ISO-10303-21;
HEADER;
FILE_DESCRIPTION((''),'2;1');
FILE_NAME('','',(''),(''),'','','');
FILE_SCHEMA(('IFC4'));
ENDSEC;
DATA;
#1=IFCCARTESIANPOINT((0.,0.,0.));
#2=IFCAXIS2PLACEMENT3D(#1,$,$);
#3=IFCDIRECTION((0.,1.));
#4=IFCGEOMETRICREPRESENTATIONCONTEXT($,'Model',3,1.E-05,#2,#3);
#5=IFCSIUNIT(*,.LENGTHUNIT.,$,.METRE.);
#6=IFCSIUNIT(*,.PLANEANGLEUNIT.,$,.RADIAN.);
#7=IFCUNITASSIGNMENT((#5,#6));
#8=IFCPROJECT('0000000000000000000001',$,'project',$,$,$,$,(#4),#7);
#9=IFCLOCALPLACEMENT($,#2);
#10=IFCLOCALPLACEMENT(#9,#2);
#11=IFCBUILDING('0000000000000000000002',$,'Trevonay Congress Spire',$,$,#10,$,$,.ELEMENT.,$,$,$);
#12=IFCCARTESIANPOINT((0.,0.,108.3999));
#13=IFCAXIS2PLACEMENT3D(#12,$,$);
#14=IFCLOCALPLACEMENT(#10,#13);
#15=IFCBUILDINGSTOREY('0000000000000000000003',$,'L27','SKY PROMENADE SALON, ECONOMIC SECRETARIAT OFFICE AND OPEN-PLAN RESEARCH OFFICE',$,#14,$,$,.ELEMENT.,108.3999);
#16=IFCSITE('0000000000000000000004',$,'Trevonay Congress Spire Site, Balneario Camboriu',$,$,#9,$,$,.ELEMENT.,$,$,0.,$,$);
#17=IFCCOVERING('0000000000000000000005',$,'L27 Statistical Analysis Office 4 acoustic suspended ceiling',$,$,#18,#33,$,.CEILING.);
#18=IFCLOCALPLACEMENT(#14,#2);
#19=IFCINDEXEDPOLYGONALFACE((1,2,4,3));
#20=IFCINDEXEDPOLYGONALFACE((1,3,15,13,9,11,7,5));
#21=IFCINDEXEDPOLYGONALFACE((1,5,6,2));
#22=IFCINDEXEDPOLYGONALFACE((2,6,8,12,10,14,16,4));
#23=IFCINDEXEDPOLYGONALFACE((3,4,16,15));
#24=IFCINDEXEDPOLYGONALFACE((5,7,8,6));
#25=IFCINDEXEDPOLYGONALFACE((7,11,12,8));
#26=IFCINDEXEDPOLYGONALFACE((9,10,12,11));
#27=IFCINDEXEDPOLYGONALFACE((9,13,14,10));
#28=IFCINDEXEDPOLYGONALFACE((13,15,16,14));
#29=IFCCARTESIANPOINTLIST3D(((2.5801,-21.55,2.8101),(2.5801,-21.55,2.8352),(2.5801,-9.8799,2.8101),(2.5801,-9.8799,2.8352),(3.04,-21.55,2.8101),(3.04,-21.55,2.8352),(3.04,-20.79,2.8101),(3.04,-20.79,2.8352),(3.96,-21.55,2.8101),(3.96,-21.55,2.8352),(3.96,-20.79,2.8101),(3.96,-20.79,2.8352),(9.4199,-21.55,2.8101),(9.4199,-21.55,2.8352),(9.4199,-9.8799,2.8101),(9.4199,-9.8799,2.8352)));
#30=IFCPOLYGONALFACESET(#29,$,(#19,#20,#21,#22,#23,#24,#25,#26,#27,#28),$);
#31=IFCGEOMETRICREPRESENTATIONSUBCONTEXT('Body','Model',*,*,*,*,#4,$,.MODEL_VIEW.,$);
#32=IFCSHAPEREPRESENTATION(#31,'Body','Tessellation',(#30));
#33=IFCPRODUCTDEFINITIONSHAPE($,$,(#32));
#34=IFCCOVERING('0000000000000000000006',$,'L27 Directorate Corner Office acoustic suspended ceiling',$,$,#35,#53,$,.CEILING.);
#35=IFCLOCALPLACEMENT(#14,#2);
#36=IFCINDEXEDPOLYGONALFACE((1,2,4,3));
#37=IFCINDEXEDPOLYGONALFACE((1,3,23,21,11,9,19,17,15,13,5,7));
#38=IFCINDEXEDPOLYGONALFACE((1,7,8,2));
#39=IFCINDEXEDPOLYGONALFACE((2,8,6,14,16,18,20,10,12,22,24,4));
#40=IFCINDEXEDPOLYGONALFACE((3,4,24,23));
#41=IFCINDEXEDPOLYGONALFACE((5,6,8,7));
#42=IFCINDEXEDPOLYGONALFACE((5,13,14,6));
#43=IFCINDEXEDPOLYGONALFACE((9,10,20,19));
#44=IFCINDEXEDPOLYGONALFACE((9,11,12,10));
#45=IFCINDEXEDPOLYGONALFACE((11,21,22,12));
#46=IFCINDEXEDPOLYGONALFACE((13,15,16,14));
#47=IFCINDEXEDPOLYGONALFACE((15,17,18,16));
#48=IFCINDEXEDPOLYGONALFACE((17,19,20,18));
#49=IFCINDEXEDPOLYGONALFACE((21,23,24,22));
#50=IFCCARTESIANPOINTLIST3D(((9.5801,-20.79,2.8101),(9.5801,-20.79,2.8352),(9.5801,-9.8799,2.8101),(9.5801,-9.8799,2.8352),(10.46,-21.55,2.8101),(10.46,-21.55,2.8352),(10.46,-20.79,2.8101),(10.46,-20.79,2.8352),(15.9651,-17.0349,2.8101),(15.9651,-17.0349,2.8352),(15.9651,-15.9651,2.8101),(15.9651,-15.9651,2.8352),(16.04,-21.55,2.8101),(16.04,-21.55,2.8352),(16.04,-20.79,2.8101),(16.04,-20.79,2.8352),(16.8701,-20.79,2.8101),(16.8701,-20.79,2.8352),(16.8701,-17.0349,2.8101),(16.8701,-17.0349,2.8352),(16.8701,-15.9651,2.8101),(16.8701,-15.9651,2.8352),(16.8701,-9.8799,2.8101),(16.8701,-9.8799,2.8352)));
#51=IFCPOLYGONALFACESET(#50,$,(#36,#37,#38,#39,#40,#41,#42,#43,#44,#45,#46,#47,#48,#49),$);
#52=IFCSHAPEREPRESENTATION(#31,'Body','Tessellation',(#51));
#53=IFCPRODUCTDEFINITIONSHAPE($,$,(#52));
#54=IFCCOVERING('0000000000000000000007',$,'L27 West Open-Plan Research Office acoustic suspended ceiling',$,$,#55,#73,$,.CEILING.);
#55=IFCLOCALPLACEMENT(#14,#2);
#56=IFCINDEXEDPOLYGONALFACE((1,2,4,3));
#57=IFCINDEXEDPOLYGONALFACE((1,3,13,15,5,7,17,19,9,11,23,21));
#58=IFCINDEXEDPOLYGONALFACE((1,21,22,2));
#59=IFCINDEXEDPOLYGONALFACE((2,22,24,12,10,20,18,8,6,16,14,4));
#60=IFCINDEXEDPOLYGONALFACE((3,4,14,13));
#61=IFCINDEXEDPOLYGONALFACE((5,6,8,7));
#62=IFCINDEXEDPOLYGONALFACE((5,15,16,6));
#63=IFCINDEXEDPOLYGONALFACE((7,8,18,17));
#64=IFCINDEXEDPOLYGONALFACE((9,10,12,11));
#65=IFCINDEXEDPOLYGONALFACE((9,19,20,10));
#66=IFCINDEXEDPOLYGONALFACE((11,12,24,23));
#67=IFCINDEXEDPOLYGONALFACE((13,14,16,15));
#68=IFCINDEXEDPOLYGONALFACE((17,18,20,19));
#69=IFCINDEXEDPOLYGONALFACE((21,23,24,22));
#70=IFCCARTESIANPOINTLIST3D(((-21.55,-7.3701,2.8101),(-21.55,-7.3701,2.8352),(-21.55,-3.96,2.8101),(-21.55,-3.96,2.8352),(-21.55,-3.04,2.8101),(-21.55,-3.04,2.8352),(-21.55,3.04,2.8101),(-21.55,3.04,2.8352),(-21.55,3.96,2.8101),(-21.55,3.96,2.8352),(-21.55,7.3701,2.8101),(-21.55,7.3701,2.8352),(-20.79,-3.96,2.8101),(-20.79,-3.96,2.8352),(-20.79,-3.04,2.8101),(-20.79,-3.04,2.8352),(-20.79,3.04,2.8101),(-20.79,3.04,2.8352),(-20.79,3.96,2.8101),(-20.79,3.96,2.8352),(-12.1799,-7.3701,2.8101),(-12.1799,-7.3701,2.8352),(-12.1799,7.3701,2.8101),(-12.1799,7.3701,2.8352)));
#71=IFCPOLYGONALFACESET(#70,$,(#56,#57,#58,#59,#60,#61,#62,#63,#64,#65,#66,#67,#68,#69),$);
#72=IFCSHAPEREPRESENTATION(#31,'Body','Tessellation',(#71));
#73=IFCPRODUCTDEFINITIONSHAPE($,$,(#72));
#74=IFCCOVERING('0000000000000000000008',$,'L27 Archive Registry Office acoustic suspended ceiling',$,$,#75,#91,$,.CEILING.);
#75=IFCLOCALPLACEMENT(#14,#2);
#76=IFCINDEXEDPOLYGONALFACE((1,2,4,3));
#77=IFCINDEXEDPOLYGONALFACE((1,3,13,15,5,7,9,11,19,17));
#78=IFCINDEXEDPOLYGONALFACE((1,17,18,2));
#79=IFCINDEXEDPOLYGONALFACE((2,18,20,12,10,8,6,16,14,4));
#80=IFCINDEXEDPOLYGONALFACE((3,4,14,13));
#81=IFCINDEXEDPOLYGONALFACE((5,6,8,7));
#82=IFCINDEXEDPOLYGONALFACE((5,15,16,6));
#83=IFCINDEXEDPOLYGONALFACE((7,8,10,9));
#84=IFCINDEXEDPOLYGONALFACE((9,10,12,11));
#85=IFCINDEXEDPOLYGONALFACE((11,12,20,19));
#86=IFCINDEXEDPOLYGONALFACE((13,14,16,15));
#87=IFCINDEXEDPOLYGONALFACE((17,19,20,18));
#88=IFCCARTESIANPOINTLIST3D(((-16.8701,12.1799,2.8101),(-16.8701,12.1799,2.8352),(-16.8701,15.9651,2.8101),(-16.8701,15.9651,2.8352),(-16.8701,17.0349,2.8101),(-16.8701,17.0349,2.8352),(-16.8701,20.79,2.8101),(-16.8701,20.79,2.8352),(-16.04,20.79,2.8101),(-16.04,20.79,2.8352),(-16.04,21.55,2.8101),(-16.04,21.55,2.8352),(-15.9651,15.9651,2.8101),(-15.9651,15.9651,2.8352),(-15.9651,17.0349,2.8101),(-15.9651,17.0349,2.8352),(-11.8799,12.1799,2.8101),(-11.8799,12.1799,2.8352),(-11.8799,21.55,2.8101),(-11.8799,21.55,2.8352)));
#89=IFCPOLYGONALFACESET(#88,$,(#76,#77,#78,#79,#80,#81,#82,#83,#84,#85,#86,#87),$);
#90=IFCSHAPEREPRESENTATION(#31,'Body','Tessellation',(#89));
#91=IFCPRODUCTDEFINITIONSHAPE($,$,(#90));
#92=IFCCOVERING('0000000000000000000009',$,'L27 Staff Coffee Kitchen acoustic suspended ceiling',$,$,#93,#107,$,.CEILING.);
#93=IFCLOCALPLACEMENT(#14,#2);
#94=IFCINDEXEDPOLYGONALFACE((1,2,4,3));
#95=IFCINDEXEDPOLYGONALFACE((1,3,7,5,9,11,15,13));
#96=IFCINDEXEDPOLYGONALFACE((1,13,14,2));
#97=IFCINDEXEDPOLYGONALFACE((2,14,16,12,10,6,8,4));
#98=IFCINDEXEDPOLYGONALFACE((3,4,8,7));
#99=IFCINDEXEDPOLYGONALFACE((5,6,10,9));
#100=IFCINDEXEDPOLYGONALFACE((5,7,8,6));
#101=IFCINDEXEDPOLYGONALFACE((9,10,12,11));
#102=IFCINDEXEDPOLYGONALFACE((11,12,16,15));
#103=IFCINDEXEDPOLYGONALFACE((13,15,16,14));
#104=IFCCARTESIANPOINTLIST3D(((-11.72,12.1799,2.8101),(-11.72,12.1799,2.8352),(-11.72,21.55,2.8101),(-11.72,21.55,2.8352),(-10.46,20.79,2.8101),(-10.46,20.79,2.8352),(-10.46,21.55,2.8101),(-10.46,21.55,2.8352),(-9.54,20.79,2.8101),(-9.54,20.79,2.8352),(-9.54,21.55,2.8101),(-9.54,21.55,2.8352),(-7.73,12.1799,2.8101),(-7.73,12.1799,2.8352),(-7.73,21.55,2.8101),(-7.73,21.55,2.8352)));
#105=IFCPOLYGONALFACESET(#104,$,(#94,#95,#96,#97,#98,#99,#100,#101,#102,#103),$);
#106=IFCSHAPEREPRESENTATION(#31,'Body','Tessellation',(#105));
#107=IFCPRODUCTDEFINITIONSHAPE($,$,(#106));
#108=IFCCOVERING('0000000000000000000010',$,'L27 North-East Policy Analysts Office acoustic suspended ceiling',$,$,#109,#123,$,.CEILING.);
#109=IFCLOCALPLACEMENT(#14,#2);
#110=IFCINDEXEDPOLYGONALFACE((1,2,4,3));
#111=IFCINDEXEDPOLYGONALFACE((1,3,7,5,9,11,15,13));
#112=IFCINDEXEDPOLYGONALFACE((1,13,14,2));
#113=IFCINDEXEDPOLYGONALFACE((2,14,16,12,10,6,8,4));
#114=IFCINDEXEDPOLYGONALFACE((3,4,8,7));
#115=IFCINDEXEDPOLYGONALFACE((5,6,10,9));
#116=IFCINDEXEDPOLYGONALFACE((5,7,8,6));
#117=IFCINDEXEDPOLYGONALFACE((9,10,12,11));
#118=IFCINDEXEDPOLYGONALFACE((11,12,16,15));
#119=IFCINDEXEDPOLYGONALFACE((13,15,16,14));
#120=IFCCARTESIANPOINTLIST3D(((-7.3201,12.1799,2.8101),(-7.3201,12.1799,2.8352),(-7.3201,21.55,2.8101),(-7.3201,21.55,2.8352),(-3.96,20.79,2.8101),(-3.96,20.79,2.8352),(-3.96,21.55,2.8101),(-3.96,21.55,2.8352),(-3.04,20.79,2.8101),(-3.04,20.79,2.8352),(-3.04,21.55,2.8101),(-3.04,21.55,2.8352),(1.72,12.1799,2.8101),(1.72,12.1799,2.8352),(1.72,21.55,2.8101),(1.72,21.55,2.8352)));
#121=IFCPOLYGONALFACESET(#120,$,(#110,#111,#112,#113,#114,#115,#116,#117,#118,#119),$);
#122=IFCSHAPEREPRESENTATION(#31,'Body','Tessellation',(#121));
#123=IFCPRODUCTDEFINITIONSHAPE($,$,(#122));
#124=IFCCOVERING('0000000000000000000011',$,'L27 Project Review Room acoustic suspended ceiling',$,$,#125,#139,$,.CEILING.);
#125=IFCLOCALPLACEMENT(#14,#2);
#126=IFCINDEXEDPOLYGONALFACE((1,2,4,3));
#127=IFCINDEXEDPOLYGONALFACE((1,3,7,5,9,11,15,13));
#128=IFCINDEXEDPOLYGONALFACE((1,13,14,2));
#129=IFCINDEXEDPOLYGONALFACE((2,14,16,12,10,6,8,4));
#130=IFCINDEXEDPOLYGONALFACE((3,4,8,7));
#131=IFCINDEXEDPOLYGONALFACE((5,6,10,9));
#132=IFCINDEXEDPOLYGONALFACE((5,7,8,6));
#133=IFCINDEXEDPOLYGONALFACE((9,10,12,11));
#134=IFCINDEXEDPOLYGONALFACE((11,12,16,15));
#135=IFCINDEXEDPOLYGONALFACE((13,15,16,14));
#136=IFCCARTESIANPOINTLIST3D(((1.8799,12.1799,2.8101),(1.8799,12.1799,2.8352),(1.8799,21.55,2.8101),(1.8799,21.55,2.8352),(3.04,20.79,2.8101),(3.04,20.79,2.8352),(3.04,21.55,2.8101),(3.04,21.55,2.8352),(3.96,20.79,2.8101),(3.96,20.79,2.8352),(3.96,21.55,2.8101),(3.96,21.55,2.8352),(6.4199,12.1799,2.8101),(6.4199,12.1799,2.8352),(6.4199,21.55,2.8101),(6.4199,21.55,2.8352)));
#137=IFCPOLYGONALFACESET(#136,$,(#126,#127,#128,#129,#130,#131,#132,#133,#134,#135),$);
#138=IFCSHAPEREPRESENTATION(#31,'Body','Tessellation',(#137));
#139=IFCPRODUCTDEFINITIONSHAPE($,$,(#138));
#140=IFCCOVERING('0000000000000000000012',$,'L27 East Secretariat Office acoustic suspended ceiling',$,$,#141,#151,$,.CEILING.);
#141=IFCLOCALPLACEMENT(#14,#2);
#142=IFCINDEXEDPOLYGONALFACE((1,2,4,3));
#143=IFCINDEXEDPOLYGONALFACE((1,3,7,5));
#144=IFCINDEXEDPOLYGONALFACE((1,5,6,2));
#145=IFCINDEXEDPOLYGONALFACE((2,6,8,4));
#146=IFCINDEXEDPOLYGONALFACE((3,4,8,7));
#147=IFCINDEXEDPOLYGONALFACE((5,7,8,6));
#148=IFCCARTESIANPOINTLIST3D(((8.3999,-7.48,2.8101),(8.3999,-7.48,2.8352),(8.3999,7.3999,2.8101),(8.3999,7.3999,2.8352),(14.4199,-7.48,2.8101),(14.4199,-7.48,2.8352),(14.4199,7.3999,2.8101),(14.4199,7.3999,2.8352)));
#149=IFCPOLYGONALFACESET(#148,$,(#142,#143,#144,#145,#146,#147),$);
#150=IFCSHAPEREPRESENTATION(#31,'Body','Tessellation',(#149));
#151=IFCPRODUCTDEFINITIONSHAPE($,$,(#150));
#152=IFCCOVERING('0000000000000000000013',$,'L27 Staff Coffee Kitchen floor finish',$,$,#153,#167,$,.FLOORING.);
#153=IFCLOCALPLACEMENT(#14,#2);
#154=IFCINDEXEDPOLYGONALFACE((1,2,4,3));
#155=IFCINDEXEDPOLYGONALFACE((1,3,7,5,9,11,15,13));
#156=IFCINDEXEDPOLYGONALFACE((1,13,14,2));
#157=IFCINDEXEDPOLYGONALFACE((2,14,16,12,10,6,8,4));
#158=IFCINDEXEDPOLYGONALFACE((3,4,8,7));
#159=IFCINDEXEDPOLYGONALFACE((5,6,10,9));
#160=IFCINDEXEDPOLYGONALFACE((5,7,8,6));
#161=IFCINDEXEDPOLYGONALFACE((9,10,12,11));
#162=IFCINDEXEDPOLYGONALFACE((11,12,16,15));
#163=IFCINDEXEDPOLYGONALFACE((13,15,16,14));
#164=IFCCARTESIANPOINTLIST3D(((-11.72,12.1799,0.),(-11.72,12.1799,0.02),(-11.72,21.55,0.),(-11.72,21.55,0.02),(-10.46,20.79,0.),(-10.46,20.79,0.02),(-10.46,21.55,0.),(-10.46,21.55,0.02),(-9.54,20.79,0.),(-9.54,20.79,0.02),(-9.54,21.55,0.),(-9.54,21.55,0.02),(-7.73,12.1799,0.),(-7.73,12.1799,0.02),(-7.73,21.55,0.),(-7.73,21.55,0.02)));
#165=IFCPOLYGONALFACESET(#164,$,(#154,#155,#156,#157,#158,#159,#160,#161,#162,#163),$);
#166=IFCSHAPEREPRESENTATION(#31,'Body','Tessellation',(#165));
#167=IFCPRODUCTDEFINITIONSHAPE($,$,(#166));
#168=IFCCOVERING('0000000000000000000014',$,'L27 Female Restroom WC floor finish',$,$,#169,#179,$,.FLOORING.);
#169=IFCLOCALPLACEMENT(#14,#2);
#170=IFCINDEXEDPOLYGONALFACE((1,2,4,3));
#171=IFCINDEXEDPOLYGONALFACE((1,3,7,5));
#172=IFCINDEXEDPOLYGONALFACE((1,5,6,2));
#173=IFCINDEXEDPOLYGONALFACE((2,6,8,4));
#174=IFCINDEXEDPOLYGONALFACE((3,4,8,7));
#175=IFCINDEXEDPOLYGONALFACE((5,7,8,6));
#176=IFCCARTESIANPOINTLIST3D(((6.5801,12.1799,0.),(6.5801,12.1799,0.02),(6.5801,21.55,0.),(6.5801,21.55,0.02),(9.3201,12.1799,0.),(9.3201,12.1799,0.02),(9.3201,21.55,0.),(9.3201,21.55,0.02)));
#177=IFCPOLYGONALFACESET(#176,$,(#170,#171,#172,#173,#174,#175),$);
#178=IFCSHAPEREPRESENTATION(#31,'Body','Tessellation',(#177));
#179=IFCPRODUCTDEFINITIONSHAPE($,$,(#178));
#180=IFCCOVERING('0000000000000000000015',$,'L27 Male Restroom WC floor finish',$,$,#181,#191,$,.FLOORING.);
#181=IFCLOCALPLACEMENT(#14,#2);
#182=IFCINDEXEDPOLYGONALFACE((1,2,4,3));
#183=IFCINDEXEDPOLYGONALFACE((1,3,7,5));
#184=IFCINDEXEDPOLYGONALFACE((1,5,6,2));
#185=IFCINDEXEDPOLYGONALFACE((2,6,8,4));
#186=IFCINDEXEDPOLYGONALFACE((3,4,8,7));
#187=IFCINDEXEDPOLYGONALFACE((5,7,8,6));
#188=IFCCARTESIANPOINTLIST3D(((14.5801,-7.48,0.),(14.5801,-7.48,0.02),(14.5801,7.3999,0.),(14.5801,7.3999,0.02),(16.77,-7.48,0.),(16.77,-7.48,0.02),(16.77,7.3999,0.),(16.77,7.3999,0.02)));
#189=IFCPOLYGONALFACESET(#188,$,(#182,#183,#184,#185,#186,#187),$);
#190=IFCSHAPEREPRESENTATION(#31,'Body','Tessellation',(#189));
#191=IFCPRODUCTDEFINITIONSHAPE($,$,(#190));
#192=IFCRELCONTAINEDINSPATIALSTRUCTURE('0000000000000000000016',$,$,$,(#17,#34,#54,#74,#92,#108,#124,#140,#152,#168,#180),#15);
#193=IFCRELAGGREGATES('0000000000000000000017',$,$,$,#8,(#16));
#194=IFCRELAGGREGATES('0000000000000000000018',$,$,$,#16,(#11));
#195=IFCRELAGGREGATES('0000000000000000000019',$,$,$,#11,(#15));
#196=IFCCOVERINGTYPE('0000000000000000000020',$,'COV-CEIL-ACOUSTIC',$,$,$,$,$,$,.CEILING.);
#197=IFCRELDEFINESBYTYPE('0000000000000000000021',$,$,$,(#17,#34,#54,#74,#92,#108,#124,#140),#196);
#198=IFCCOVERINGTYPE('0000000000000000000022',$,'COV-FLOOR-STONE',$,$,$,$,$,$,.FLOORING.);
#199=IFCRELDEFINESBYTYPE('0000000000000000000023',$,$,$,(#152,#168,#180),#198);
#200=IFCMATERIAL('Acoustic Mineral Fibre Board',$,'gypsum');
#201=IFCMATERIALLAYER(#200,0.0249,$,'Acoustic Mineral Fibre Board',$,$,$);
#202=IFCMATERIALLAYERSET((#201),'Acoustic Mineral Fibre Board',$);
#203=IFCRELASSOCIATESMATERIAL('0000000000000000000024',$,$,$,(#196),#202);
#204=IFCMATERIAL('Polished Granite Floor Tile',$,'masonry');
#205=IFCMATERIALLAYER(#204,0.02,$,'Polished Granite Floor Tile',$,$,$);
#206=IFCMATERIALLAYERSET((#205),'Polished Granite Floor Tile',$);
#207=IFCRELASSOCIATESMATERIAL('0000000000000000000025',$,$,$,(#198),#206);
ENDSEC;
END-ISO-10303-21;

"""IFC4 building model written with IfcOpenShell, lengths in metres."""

from ifc_helpers import new_model, si_unit, direction, frame, origin, place, context, subcontext, project, spatial, polyline, outline, extrude, material, layer, layer_set, type_object, element, save


model = new_model("IFC4")

# Units and contexts
model_context = context("Model", 3, precision=1e-05, world=origin(), true_north=direction((0.0, 1.0)))
body_context = subcontext(model_context, "Body", "Model", "MODEL_VIEW")
ifc_project = project(units=[si_unit("LENGTHUNIT", "METRE"), si_unit("PLANEANGLEUNIT", "RADIAN")], contexts=[model_context])

# Site, building, storey
site_placement = place(None, origin())
site = spatial("IfcSite", under=ifc_project, at=site_placement, Name="Trevonay Congress Spire Site, Balneario Camboriu", CompositionType="ELEMENT", RefElevation=0.0)
building_placement = place(site_placement, origin())
building = spatial("IfcBuilding", under=site, at=building_placement, Name="Trevonay Congress Spire", CompositionType="ELEMENT")
storey_placement = place(building_placement, frame((0.0, 0.0, 108.3999)))
storey = spatial("IfcBuildingStorey", under=building, at=storey_placement, Name="L27", Description="SKY PROMENADE SALON, ECONOMIC SECRETARIAT OFFICE AND OPEN-PLAN RESEARCH OFFICE", CompositionType="ELEMENT", Elevation=108.3999)

# Coverings
ifc_material_1 = material(Name="Acoustic Mineral Fibre Board", Category="gypsum")
ifc_layer_1 = layer(ifc_material_1, 0.0249, Name="Acoustic Mineral Fibre Board")
ifc_layer_set_1 = layer_set([ifc_layer_1], Name="Acoustic Mineral Fibre Board")
covering_type_1 = type_object("IfcCoveringType", Name="COV-CEIL-ACOUSTIC", PredefinedType="CEILING", material=ifc_layer_set_1)
covering_1_placement = place(storey_placement, frame((0.0, 0.0, 2.8101)))
element("IfcCovering", 1, at=covering_1_placement, inside=storey, type_object=covering_type_1, Name="L27 Statistical Analysis Office 4 acoustic suspended ceiling", PredefinedType="CEILING", context=body_context, shape_type="SweptSolid", body=[
    extrude(outline(polyline([(2.5801, -21.55), (2.5801, -9.8799), (9.4199, -9.8799), (9.4199, -21.55), (3.96, -21.55), (3.96, -20.79), (3.04, -20.79), (3.04, -21.55), (2.5801, -21.55)])), origin(), (0.0, 0.0, 1.0), 0.0251),
])
covering_2_placement = place(storey_placement, frame((0.0, 0.0, 2.8101)))
element("IfcCovering", 2, at=covering_2_placement, inside=storey, type_object=covering_type_1, Name="L27 Directorate Corner Office acoustic suspended ceiling", PredefinedType="CEILING", context=body_context, shape_type="SweptSolid", body=[
    extrude(outline(polyline([(10.46, -21.55), (10.46, -20.79), (9.5801, -20.79), (9.5801, -9.8799), (16.8701, -9.8799), (16.8701, -15.9651), (15.9651, -15.9651), (15.9651, -17.0349), (16.8701, -17.0349), (16.8701, -20.79), (16.04, -20.79), (16.04, -21.55), (10.46, -21.55)])), origin(), (0.0, 0.0, 1.0), 0.0251),
])
covering_3_placement = place(storey_placement, frame((0.0, 0.0, 2.8101)))
element("IfcCovering", 3, at=covering_3_placement, inside=storey, type_object=covering_type_1, Name="L27 West Open-Plan Research Office acoustic suspended ceiling", PredefinedType="CEILING", context=body_context, shape_type="SweptSolid", body=[
    extrude(outline(polyline([(-21.55, 7.3701), (-12.1799, 7.3701), (-12.1799, -7.3701), (-21.55, -7.3701), (-21.55, -3.96), (-20.79, -3.96), (-20.79, -3.04), (-21.55, -3.04), (-21.55, 3.04), (-20.79, 3.04), (-20.79, 3.96), (-21.55, 3.96), (-21.55, 7.3701)])), origin(), (0.0, 0.0, 1.0), 0.0251),
])
covering_4_placement = place(storey_placement, frame((0.0, 0.0, 2.8101)))
element("IfcCovering", 4, at=covering_4_placement, inside=storey, type_object=covering_type_1, Name="L27 Archive Registry Office acoustic suspended ceiling", PredefinedType="CEILING", context=body_context, shape_type="SweptSolid", body=[
    extrude(outline(polyline([(-11.8799, 21.55), (-11.8799, 12.1799), (-16.8701, 12.1799), (-16.8701, 15.9651), (-15.9651, 15.9651), (-15.9651, 17.0349), (-16.8701, 17.0349), (-16.8701, 20.79), (-16.04, 20.79), (-16.04, 21.55), (-11.8799, 21.55)])), origin(), (0.0, 0.0, 1.0), 0.0251),
])
covering_5_placement = place(storey_placement, frame((0.0, 0.0, 2.8101)))
element("IfcCovering", 5, at=covering_5_placement, inside=storey, type_object=covering_type_1, Name="L27 Staff Coffee Kitchen acoustic suspended ceiling", PredefinedType="CEILING", context=body_context, shape_type="SweptSolid", body=[
    extrude(outline(polyline([(-7.73, 21.55), (-7.73, 12.1799), (-11.72, 12.1799), (-11.72, 21.55), (-10.46, 21.55), (-10.46, 20.79), (-9.54, 20.79), (-9.54, 21.55), (-7.73, 21.55)])), origin(), (0.0, 0.0, 1.0), 0.0251),
])
covering_6_placement = place(storey_placement, frame((0.0, 0.0, 2.8101)))
element("IfcCovering", 6, at=covering_6_placement, inside=storey, type_object=covering_type_1, Name="L27 North-East Policy Analysts Office acoustic suspended ceiling", PredefinedType="CEILING", context=body_context, shape_type="SweptSolid", body=[
    extrude(outline(polyline([(1.72, 21.55), (1.72, 12.1799), (-7.3201, 12.1799), (-7.3201, 21.55), (-3.96, 21.55), (-3.96, 20.79), (-3.04, 20.79), (-3.04, 21.55), (1.72, 21.55)])), origin(), (0.0, 0.0, 1.0), 0.0251),
])
covering_7_placement = place(storey_placement, frame((0.0, 0.0, 2.8101)))
element("IfcCovering", 7, at=covering_7_placement, inside=storey, type_object=covering_type_1, Name="L27 Project Review Room acoustic suspended ceiling", PredefinedType="CEILING", context=body_context, shape_type="SweptSolid", body=[
    extrude(outline(polyline([(6.4199, 21.55), (6.4199, 12.1799), (1.8799, 12.1799), (1.8799, 21.55), (3.04, 21.55), (3.04, 20.79), (3.96, 20.79), (3.96, 21.55), (6.4199, 21.55)])), origin(), (0.0, 0.0, 1.0), 0.0251),
])
covering_8_placement = place(storey_placement, frame((0.0, 0.0, 2.8101)))
element("IfcCovering", 8, at=covering_8_placement, inside=storey, type_object=covering_type_1, Name="L27 East Secretariat Office acoustic suspended ceiling", PredefinedType="CEILING", context=body_context, shape_type="SweptSolid", body=[
    extrude(outline(polyline([(8.3999, -7.48), (14.4199, -7.48), (14.4199, 7.3999), (8.3999, 7.3999), (8.3999, -7.48)])), origin(), (0.0, 0.0, 1.0), 0.0251),
])
ifc_material_2 = material(Name="Polished Granite Floor Tile", Category="masonry")
ifc_layer_2 = layer(ifc_material_2, 0.02, Name="Polished Granite Floor Tile")
ifc_layer_set_2 = layer_set([ifc_layer_2], Name="Polished Granite Floor Tile")
covering_type_2 = type_object("IfcCoveringType", Name="COV-FLOOR-STONE", PredefinedType="FLOORING", material=ifc_layer_set_2)
covering_9_placement = place(storey_placement, origin())
element("IfcCovering", 9, at=covering_9_placement, inside=storey, type_object=covering_type_2, Name="L27 Staff Coffee Kitchen floor finish", PredefinedType="FLOORING", context=body_context, shape_type="SweptSolid", body=[
    extrude(outline(polyline([(-7.73, 21.55), (-7.73, 12.1799), (-11.72, 12.1799), (-11.72, 21.55), (-10.46, 21.55), (-10.46, 20.79), (-9.54, 20.79), (-9.54, 21.55), (-7.73, 21.55)])), origin(), (0.0, 0.0, 1.0), 0.02),
])
covering_10_placement = place(storey_placement, origin())
element("IfcCovering", 10, at=covering_10_placement, inside=storey, type_object=covering_type_2, Name="L27 Female Restroom WC floor finish", PredefinedType="FLOORING", context=body_context, shape_type="SweptSolid", body=[
    extrude(outline(polyline([(6.5801, 12.1799), (9.3201, 12.1799), (9.3201, 21.55), (6.5801, 21.55), (6.5801, 12.1799)])), origin(), (0.0, 0.0, 1.0), 0.02),
])
covering_11_placement = place(storey_placement, origin())
element("IfcCovering", 11, at=covering_11_placement, inside=storey, type_object=covering_type_2, Name="L27 Male Restroom WC floor finish", PredefinedType="FLOORING", context=body_context, shape_type="SweptSolid", body=[
    extrude(outline(polyline([(14.5801, -7.48), (16.77, -7.48), (16.77, 7.3999), (14.5801, 7.3999), (14.5801, -7.48)])), origin(), (0.0, 0.0, 1.0), 0.02),
])

save(model, "model.ifc")
